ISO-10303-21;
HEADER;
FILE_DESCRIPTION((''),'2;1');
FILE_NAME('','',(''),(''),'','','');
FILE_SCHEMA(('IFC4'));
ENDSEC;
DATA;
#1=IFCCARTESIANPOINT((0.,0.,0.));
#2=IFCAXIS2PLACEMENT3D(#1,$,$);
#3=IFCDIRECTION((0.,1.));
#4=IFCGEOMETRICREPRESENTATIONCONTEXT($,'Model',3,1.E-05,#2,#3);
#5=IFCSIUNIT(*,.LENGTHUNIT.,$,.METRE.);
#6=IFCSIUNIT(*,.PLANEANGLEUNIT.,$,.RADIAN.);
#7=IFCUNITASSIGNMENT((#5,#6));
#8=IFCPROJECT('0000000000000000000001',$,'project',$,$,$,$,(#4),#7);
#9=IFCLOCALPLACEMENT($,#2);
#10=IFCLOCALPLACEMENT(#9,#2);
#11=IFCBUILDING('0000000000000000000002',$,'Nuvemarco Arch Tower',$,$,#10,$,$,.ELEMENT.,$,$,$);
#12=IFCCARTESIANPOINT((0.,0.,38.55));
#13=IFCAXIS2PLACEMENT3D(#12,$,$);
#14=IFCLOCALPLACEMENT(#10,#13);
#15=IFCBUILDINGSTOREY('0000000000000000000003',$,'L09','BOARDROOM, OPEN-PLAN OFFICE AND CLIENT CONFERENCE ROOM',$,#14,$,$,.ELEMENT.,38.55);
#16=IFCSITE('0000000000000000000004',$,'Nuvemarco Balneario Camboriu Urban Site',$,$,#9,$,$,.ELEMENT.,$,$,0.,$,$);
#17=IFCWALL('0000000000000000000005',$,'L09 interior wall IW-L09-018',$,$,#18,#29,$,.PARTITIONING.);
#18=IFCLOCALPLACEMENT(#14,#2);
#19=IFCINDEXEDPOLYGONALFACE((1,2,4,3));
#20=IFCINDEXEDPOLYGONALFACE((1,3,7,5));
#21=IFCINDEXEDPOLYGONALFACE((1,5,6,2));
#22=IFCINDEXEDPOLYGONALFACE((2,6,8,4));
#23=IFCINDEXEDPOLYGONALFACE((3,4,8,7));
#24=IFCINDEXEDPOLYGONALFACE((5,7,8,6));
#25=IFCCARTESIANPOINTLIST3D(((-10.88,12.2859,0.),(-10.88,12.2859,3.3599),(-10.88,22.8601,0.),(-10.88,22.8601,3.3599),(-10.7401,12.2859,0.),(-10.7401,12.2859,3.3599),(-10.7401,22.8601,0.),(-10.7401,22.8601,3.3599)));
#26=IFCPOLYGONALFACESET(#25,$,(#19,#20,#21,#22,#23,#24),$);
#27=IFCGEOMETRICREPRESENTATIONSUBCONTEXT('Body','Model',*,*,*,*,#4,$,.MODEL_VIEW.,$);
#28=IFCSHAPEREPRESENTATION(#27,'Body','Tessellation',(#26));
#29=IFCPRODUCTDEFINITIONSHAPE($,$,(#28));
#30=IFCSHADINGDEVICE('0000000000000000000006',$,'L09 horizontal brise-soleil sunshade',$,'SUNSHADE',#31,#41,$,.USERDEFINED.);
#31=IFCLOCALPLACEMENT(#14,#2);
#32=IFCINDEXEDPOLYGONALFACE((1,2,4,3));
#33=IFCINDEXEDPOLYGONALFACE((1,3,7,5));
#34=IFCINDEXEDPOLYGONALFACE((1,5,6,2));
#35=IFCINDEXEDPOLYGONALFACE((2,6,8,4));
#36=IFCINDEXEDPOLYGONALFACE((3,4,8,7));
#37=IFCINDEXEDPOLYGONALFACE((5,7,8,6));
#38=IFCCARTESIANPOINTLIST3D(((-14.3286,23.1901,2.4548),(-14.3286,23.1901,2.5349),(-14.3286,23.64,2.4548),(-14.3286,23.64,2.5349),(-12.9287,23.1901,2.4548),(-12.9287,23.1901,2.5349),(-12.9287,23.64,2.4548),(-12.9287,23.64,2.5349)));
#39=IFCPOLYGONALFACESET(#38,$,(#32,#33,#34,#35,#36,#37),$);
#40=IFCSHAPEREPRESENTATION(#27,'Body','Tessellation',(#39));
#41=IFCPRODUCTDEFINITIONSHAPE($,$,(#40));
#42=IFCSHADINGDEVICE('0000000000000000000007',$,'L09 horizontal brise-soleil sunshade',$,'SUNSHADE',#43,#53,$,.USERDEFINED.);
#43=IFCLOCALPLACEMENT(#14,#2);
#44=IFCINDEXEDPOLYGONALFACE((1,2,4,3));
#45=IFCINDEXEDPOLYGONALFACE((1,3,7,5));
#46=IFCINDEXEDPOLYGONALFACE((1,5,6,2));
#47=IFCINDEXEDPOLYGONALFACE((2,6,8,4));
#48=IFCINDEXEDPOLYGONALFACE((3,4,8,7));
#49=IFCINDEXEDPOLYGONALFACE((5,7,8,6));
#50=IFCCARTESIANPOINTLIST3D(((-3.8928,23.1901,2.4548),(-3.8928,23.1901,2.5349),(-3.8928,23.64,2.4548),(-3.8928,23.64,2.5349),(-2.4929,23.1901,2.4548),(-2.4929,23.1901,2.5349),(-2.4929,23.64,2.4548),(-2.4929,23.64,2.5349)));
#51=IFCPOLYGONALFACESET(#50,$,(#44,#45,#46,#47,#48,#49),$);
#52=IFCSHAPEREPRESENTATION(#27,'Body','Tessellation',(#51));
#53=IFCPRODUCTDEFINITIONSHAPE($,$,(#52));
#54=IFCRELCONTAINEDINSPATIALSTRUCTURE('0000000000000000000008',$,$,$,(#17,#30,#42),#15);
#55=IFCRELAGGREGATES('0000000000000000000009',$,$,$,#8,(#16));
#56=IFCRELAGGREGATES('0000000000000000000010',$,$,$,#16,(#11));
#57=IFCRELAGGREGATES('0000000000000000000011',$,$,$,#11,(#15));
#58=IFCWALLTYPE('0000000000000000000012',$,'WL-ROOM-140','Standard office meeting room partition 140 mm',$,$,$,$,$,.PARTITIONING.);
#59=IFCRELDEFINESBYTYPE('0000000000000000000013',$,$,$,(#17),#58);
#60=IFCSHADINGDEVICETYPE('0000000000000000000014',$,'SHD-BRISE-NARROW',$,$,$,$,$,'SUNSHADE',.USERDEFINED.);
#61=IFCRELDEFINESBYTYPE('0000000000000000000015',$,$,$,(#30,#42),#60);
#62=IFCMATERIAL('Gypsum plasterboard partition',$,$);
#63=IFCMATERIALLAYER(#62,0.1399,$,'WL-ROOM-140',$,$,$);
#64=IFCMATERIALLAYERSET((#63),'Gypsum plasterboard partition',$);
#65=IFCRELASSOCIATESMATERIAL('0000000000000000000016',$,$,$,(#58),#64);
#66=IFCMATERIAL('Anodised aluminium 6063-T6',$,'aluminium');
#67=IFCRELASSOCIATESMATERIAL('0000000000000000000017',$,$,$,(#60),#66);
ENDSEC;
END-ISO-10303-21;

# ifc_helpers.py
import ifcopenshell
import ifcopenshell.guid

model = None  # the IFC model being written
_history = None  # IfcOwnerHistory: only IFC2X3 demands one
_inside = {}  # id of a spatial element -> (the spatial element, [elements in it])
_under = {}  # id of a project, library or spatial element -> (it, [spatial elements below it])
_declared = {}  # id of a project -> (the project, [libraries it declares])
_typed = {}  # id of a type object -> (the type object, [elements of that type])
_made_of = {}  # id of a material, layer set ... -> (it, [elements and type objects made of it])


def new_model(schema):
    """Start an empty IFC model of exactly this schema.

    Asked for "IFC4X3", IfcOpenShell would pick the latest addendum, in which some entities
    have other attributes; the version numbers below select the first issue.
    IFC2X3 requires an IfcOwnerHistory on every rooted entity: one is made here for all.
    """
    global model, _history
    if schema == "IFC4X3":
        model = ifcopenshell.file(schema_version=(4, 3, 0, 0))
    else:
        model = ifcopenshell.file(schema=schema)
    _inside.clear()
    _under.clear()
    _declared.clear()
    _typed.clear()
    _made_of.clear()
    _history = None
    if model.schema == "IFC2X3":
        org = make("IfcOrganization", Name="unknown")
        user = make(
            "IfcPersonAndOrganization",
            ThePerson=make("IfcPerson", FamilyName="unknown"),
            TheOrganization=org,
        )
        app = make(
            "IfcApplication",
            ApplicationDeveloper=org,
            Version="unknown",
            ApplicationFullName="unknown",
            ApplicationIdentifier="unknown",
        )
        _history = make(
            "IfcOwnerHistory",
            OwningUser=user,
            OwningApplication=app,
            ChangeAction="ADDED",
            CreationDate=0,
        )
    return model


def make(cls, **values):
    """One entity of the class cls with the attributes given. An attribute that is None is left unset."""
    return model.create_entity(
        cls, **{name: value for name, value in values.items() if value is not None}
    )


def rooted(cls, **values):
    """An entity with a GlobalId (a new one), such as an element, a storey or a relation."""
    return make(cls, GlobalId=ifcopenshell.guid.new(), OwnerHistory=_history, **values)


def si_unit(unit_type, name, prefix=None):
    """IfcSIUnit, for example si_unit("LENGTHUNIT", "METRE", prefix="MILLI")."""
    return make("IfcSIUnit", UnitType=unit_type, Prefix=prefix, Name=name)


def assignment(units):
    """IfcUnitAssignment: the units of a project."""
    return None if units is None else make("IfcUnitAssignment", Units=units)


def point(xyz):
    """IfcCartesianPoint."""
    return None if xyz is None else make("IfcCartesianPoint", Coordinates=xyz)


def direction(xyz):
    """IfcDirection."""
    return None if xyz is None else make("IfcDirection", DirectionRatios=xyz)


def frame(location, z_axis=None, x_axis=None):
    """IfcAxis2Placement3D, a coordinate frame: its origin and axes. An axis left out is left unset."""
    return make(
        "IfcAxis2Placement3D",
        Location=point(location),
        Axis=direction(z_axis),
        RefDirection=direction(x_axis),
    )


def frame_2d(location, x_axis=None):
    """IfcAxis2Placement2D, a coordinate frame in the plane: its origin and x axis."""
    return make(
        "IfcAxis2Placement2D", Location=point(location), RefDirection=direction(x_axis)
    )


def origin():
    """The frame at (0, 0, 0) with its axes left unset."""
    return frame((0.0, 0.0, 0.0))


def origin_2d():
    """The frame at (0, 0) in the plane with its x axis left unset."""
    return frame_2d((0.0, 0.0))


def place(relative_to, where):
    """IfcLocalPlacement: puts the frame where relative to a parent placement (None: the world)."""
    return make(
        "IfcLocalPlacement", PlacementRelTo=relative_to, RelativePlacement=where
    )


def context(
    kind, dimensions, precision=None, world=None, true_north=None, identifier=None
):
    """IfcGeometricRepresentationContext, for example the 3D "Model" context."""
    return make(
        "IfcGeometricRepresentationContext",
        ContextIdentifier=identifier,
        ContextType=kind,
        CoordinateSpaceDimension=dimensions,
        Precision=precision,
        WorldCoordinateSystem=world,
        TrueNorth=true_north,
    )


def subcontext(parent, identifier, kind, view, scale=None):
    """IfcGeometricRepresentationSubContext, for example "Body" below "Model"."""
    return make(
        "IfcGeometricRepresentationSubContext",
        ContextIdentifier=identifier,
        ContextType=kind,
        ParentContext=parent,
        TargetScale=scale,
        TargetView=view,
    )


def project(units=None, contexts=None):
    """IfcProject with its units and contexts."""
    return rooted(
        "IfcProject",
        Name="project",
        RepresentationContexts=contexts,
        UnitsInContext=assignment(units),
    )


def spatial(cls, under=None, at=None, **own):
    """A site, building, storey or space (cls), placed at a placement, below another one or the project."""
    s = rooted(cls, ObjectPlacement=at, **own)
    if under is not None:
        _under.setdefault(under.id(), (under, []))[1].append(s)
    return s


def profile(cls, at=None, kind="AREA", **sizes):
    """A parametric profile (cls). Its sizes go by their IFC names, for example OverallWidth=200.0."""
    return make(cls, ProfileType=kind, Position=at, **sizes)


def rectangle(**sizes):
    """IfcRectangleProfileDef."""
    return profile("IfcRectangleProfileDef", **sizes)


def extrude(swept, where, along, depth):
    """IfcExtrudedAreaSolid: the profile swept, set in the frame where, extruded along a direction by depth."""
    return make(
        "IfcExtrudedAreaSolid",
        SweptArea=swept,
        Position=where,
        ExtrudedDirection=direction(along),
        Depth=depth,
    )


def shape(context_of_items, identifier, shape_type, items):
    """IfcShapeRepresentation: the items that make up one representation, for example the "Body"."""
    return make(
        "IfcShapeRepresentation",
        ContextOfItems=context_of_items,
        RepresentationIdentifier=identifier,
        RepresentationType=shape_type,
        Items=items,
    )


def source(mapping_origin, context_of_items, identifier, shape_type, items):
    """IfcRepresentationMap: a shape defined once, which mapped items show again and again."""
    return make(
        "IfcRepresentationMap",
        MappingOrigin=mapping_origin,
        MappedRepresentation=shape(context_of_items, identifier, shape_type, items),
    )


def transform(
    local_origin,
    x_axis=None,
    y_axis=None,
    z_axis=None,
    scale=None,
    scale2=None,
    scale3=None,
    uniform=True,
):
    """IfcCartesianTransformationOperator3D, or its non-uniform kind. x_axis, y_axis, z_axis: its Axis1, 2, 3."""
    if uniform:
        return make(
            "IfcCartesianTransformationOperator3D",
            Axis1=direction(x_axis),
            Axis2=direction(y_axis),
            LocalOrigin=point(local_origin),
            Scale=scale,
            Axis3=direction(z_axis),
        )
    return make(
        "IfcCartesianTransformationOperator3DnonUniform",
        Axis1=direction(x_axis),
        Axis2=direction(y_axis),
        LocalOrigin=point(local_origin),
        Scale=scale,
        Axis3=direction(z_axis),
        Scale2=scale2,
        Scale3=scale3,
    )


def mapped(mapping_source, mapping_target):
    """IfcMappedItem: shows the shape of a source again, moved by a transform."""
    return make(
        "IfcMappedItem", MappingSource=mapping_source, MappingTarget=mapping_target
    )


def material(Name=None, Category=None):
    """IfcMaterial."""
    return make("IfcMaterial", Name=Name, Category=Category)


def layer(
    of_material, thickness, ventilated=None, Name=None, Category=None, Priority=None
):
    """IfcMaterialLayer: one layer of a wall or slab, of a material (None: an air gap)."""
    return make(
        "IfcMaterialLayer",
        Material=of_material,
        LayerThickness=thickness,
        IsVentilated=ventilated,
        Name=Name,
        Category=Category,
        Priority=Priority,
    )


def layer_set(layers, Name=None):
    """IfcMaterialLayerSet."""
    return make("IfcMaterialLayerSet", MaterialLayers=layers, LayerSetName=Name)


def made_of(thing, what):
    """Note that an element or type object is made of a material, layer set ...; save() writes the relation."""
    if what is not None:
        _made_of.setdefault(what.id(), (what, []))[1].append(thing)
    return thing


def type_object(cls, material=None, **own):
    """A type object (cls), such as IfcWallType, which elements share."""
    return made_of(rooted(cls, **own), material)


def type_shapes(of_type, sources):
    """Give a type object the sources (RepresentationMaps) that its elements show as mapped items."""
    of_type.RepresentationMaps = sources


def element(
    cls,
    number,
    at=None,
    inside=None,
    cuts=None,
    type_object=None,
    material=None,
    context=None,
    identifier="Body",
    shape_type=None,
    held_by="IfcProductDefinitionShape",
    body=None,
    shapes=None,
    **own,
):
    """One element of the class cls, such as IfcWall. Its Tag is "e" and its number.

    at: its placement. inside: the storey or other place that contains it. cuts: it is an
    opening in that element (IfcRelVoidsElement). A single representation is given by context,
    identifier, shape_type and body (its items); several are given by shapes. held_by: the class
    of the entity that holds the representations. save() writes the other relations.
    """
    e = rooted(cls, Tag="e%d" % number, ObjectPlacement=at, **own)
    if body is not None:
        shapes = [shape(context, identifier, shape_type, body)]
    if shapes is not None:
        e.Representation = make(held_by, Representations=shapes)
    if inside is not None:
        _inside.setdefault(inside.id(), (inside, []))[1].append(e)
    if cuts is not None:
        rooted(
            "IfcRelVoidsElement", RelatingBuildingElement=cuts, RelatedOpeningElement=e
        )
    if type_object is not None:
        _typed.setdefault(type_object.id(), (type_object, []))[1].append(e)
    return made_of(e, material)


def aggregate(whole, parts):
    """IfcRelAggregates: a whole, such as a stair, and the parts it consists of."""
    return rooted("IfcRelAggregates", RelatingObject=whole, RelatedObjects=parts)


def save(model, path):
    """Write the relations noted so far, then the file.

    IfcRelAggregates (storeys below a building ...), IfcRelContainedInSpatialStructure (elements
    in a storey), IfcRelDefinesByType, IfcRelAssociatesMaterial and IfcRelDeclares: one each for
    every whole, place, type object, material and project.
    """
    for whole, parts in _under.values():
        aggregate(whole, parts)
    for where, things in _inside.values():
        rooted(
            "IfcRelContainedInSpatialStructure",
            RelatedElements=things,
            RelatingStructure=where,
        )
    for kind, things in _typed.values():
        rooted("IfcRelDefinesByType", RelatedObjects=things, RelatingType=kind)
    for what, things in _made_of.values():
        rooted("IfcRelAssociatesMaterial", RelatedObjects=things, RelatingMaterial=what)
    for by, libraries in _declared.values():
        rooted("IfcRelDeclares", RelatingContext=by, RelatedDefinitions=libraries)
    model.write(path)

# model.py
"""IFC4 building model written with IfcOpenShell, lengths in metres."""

from ifc_helpers import new_model, si_unit, direction, frame, frame_2d, origin, origin_2d, place, context, subcontext, project, spatial, rectangle, extrude, source, transform, mapped, material, layer, layer_set, type_object, type_shapes, element, save


model = new_model("IFC4")

# Units and contexts
model_context = context("Model", 3, precision=1e-05, world=origin(), true_north=direction((0.0, 1.0)))
body_context = subcontext(model_context, "Body", "Model", "MODEL_VIEW")
ifc_project = project(units=[si_unit("LENGTHUNIT", "METRE"), si_unit("PLANEANGLEUNIT", "RADIAN")], contexts=[model_context])

# Site, building, storey
site_placement = place(None, origin())
site = spatial("IfcSite", under=ifc_project, at=site_placement, Name="Nuvemarco Balneario Camboriu Urban Site", CompositionType="ELEMENT", RefElevation=0.0)
building_placement = place(site_placement, origin())
building = spatial("IfcBuilding", under=site, at=building_placement, Name="Nuvemarco Arch Tower", CompositionType="ELEMENT")
storey_placement = place(building_placement, frame((0.0, 0.0, 38.55)))
storey = spatial("IfcBuildingStorey", under=building, at=storey_placement, Name="L09", Description="BOARDROOM, OPEN-PLAN OFFICE AND CLIENT CONFERENCE ROOM", CompositionType="ELEMENT", Elevation=38.55)

# Wall
ifc_material_1 = material(Name="Gypsum plasterboard partition")
ifc_layer_1 = layer(ifc_material_1, 0.1399, Name="WL-ROOM-140")
ifc_layer_set_1 = layer_set([ifc_layer_1], Name="Gypsum plasterboard partition")
wall_type_1 = type_object("IfcWallType", Name="WL-ROOM-140", Description="Standard office meeting room partition 140 mm", PredefinedType="PARTITIONING", material=ifc_layer_set_1)
wall_1_placement = place(storey_placement, frame((-10.8101, 12.2859, 0.0), z_axis=(0.0, 0.0, 1.0), x_axis=(0.0, 1.0, 0.0)))
element("IfcWall", 1, at=wall_1_placement, inside=storey, type_object=wall_type_1, Name="L09 interior wall IW-L09-018", PredefinedType="PARTITIONING", context=body_context, shape_type="SweptSolid", body=[
    extrude(rectangle(XDim=10.5742, YDim=0.1399, at=frame_2d((5.2871, 0.0))), origin(), (0.0, 0.0, 1.0), 3.3599),
])

# Shading devices
ifc_material_2 = material(Name="Anodised aluminium 6063-T6", Category="aluminium")
shading_device_type = type_object("IfcShadingDeviceType", Name="SHD-BRISE-NARROW", ElementType="SUNSHADE", PredefinedType="USERDEFINED", material=ifc_material_2)
shared_shape_1 = source(origin(), body_context, "Body", "SweptSolid", [
    extrude(rectangle(XDim=1.3999, YDim=0.45, at=origin_2d()), origin(), (0.0, 0.0, 1.0), 0.0801),
])
type_shapes(shading_device_type, [shared_shape_1])
for number, where, z_axis, x_axis, name in (
    (2, (-13.6287, 23.415, 2.4548), (0.0, 0.0, 1.0), (1.0, 0.0, 0.0), "L09 horizontal brise-soleil sunshade"),
    (3, (-3.1929, 23.415, 2.4548), (0.0, 0.0, 1.0), (1.0, 0.0, 0.0), "L09 horizontal brise-soleil sunshade"),
):
    element("IfcShadingDevice", number, at=place(storey_placement, frame(where, z_axis=z_axis, x_axis=x_axis)), inside=storey, type_object=shading_device_type, Name=name, ObjectType="SUNSHADE", PredefinedType="USERDEFINED", context=body_context, shape_type="MappedRepresentation", body=[
        mapped(shared_shape_1, transform((0.0, 0.0, 0.0), scale=1.0)),
    ])

save(model, "model.ifc")
